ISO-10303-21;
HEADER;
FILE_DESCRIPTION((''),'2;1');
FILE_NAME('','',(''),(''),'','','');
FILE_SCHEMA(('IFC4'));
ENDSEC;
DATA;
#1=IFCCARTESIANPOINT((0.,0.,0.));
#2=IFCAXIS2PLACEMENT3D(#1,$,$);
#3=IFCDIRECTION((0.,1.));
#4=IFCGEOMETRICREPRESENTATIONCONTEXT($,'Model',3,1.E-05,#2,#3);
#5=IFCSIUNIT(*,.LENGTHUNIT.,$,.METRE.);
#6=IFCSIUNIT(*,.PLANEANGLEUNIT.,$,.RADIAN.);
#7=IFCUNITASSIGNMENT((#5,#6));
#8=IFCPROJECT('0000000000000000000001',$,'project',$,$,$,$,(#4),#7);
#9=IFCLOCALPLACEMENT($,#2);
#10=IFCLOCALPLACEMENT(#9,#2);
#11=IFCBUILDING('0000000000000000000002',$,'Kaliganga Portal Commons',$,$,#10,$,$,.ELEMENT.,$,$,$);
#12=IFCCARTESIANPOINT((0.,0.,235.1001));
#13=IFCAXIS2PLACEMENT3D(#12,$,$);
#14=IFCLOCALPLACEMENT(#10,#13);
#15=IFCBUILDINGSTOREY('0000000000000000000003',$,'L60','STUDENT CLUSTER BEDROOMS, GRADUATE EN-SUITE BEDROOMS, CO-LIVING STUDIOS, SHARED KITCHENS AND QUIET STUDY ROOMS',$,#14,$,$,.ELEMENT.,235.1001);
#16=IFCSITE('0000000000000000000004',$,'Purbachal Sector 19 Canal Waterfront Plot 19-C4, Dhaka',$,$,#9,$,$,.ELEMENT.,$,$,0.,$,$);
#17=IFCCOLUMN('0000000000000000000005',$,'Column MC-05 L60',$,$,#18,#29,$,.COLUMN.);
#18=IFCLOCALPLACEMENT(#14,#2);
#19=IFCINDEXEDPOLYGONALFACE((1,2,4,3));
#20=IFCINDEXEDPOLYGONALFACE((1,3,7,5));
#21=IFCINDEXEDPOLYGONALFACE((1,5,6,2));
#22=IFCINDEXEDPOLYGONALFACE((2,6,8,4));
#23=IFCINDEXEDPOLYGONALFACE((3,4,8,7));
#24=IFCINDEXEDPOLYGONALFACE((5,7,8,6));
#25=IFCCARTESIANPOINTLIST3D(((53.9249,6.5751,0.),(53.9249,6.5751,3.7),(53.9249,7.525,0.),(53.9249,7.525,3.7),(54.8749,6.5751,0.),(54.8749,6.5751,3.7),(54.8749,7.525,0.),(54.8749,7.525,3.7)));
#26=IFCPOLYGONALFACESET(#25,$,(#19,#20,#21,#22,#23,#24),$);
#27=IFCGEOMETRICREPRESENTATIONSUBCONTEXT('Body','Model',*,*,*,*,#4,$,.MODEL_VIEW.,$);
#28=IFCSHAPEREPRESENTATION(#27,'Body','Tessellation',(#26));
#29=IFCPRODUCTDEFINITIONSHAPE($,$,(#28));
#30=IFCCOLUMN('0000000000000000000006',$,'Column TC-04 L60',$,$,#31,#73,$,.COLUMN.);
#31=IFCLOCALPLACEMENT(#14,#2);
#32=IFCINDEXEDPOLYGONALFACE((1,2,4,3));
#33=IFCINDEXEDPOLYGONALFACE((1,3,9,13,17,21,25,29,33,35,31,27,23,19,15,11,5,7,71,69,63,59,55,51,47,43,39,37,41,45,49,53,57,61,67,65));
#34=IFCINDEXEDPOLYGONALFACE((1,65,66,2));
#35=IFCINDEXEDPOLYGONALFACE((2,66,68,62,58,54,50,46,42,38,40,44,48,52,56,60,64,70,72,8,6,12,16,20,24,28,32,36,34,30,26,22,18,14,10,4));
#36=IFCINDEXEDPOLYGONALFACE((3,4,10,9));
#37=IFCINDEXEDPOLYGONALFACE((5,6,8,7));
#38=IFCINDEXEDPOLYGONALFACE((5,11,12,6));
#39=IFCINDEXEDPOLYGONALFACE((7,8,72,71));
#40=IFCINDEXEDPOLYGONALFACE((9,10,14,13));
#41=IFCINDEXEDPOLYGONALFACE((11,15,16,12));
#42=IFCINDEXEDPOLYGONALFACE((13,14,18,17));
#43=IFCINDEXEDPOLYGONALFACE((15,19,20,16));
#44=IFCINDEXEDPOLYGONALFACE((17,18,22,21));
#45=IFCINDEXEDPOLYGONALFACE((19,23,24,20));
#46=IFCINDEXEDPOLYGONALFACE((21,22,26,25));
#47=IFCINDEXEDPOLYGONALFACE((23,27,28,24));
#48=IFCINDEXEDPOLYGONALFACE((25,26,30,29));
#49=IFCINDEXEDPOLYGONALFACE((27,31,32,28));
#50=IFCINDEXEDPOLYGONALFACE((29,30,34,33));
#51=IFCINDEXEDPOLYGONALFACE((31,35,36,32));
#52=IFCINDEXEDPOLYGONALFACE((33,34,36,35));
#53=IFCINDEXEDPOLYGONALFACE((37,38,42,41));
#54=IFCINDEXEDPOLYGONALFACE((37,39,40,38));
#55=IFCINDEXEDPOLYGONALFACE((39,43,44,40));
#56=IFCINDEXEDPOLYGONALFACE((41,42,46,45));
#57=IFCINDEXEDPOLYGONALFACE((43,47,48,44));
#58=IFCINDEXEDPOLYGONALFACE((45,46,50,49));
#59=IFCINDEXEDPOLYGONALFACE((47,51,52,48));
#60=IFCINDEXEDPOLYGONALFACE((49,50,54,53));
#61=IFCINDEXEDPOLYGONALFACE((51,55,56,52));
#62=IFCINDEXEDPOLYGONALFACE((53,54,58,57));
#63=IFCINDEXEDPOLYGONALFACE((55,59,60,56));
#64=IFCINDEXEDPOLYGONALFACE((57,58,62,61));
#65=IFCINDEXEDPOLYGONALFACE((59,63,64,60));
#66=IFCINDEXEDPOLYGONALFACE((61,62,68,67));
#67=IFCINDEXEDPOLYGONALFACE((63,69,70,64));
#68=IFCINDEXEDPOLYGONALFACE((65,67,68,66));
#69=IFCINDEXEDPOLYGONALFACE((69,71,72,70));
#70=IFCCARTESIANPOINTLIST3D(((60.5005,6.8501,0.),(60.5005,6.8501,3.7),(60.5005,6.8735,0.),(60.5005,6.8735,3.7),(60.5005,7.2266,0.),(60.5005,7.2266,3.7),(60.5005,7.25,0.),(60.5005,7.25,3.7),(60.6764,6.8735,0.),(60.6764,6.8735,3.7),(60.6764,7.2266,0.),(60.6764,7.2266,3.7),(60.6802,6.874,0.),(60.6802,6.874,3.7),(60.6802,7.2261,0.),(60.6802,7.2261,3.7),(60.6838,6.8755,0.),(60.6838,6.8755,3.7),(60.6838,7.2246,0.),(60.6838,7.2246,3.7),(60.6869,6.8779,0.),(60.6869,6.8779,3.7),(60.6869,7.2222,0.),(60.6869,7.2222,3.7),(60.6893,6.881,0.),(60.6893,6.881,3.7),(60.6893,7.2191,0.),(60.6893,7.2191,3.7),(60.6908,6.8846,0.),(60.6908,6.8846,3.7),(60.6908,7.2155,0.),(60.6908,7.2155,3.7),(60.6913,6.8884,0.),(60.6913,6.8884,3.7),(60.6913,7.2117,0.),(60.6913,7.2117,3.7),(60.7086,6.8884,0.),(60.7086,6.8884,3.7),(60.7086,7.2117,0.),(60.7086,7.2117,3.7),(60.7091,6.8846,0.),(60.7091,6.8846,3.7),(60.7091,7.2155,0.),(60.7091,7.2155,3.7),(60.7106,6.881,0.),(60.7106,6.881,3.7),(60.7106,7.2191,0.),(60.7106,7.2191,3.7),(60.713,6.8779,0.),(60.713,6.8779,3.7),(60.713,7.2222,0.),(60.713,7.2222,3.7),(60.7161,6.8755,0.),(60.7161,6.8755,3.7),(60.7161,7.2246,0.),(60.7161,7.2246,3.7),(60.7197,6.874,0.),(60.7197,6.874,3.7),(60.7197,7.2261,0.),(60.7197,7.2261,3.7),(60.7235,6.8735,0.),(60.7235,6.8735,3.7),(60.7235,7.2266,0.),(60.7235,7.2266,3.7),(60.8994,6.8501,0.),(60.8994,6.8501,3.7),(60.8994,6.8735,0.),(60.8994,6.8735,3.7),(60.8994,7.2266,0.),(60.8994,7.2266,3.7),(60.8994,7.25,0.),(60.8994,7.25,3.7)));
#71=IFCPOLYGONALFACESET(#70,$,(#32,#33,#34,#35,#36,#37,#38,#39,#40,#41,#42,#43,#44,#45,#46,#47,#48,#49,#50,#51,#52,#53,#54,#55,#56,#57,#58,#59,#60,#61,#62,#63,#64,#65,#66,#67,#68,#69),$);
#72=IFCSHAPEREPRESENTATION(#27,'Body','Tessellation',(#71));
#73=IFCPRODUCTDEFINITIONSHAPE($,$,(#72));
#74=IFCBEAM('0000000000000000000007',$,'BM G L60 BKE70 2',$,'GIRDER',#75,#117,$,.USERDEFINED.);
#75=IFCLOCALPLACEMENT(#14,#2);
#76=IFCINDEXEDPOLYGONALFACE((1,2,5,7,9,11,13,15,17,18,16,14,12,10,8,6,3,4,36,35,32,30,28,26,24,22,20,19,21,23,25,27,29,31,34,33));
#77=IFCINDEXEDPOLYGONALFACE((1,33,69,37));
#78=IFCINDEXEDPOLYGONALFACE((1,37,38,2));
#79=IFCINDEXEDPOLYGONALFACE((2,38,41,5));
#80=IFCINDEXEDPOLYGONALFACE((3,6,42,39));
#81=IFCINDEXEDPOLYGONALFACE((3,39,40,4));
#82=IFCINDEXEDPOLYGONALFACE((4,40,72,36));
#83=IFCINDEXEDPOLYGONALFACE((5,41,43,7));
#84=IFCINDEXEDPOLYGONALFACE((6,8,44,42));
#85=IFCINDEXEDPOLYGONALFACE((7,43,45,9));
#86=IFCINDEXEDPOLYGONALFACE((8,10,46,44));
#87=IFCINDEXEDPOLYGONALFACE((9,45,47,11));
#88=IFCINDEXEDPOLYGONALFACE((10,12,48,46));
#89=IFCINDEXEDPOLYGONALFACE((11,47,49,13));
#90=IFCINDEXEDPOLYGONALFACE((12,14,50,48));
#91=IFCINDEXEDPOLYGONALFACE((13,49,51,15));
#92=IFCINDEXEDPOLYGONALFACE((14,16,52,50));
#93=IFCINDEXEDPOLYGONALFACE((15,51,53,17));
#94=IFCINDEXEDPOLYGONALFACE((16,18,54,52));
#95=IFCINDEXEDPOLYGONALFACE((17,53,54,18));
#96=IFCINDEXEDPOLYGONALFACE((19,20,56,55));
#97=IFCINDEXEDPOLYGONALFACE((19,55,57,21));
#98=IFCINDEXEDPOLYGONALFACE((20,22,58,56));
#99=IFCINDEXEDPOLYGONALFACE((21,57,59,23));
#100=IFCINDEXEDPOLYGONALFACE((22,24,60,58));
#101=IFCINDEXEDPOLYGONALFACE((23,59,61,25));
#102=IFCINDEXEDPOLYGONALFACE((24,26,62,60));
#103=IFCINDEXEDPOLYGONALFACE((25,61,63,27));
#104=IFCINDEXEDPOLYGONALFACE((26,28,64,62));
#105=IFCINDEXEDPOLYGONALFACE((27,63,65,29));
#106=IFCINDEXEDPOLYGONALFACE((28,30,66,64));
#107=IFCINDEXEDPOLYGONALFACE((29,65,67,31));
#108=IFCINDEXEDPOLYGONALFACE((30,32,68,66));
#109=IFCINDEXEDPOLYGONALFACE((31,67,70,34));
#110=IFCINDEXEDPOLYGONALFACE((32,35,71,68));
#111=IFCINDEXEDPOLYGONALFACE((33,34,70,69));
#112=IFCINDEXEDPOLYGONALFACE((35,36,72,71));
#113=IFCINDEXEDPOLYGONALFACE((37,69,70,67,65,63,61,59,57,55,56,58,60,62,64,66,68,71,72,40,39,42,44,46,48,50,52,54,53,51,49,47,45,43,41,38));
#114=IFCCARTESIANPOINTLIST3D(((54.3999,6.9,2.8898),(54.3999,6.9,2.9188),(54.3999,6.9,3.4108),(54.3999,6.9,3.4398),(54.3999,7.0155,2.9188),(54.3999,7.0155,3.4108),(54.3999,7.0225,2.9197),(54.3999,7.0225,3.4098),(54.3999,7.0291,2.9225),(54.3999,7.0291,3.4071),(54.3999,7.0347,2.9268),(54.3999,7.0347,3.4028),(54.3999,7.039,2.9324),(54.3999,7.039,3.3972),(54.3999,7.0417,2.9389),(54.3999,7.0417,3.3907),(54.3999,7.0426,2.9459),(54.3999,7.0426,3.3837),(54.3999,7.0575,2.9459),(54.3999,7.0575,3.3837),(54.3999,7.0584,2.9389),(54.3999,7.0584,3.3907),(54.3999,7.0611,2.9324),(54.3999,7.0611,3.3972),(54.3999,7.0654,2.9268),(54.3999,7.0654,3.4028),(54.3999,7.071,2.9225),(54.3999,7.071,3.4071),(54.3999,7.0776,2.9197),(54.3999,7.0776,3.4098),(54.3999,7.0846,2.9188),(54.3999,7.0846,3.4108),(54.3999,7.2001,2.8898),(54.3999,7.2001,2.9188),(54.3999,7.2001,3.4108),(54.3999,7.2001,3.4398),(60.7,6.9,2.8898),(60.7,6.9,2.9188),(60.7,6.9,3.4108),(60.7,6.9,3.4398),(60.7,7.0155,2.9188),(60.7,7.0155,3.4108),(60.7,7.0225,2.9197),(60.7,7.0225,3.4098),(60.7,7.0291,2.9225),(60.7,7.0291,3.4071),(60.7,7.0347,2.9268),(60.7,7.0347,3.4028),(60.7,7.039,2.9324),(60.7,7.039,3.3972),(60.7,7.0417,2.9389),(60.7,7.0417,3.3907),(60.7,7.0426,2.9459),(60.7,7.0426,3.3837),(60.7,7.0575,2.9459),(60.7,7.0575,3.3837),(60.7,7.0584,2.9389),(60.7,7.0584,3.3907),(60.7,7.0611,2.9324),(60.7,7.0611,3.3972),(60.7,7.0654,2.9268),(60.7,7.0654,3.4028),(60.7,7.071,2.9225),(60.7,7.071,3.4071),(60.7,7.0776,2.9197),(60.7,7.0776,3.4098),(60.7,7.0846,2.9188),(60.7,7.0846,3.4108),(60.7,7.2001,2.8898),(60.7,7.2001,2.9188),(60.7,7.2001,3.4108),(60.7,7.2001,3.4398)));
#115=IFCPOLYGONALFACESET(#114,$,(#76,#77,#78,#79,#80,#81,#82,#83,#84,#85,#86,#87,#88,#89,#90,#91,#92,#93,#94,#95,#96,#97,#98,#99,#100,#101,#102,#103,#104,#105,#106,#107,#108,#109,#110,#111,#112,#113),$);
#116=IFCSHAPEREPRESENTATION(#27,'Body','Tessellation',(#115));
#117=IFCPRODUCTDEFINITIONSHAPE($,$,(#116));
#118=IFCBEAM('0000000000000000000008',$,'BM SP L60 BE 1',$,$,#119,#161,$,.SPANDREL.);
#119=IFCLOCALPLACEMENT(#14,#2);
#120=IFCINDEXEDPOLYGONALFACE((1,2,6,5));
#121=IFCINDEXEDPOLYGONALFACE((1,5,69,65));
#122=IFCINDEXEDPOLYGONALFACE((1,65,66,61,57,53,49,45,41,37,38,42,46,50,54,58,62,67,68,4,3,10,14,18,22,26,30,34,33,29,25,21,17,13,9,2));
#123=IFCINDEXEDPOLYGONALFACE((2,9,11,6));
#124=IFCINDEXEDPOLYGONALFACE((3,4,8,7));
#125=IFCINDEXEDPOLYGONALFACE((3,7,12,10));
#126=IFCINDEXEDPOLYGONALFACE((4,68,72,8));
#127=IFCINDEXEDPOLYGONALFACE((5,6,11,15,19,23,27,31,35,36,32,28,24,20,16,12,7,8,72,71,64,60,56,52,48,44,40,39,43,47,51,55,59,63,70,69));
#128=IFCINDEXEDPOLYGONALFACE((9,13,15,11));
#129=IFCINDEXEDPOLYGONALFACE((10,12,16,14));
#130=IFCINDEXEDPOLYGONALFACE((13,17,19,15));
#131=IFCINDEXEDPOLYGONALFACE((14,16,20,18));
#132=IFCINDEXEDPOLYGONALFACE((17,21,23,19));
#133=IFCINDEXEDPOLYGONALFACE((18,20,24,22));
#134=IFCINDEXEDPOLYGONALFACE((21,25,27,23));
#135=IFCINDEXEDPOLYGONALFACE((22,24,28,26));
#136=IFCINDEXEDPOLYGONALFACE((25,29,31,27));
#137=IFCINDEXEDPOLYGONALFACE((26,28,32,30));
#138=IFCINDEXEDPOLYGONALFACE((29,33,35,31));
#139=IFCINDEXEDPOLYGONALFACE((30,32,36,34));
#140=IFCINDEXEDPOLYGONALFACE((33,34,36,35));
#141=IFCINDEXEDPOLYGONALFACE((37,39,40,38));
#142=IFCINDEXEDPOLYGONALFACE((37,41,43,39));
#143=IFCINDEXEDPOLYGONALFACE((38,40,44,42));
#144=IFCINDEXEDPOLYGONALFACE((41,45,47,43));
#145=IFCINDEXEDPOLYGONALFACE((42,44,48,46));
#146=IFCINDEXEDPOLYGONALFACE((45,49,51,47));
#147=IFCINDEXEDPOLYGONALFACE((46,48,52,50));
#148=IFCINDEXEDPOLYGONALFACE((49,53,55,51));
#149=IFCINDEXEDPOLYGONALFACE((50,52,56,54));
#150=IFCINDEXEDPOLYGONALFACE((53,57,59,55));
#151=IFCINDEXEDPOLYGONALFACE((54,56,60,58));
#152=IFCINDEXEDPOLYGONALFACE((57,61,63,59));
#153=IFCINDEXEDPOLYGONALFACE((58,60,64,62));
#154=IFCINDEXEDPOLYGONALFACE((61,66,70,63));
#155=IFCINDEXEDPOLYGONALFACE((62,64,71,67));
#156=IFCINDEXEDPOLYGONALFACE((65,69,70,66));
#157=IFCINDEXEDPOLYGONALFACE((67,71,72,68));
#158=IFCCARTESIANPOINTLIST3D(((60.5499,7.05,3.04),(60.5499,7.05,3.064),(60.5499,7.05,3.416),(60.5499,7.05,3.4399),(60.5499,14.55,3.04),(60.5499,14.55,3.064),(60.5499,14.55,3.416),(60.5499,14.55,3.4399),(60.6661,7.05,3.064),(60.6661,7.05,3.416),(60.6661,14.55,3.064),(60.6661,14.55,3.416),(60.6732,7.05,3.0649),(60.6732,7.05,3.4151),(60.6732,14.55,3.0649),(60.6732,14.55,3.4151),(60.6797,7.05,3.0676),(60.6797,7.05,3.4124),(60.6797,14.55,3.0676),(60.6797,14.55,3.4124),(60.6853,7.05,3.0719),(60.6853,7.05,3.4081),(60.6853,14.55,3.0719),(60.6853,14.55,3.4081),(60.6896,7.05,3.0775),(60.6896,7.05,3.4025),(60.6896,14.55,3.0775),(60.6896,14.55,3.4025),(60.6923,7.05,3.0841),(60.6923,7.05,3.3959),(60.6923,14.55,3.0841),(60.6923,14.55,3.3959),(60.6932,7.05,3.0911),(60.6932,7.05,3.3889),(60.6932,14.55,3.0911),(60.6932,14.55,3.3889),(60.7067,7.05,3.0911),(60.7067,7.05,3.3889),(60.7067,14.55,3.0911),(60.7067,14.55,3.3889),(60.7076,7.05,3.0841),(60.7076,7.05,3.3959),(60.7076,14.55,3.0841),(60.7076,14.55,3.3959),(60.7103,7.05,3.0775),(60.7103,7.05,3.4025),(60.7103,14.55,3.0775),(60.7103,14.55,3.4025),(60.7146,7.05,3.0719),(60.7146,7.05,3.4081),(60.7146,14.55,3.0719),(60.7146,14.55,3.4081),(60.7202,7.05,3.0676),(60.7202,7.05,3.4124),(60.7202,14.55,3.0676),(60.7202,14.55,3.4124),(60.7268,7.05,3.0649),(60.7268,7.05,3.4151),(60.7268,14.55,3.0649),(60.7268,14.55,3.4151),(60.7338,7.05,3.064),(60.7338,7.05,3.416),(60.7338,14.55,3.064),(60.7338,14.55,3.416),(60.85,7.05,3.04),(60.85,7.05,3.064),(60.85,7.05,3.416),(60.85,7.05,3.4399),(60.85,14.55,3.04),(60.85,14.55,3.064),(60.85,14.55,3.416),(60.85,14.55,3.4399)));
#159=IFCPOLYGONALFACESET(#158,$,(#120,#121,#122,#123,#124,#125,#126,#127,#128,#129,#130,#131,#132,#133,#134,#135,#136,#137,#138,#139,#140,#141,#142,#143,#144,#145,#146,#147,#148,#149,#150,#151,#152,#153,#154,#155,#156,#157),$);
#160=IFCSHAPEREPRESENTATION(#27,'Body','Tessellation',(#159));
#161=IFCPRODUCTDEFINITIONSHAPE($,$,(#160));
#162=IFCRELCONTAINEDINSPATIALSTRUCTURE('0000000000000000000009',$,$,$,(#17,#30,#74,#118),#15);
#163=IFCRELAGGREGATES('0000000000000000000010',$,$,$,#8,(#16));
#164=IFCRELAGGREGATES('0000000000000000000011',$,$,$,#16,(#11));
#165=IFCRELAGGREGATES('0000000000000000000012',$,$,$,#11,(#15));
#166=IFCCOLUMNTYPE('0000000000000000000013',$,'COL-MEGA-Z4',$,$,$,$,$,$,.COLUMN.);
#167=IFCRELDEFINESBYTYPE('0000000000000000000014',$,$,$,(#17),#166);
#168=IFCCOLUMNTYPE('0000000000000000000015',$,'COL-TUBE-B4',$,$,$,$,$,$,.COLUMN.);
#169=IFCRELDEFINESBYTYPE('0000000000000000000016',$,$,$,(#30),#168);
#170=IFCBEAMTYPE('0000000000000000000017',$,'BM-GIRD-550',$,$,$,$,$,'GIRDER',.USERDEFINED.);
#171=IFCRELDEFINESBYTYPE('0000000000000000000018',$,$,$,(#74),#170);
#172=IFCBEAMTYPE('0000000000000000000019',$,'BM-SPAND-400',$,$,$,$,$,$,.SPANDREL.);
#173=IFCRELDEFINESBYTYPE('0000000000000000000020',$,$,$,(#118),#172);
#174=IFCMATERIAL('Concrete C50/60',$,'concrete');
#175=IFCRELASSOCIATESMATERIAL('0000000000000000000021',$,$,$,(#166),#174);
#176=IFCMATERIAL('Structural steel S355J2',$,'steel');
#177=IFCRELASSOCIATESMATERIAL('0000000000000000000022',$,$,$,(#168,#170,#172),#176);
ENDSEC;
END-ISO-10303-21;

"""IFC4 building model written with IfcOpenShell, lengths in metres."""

from ifc_helpers import new_model, si_unit, direction, frame, origin, origin_2d, place, context, subcontext, project, spatial, rectangle, i_section, extrude, source, transform, mapped, material, material_profile, profile_set, type_object, element, save


model = new_model("IFC4")

# Units and contexts
model_context = context("Model", 3, precision=1e-05, world=origin(), true_north=direction((0.0, 1.0)))
body_context = subcontext(model_context, "Body", "Model", "MODEL_VIEW")
ifc_project = project(units=[si_unit("LENGTHUNIT", "METRE"), si_unit("PLANEANGLEUNIT", "RADIAN")], contexts=[model_context])

# Site, building, storey
site_placement = place(None, origin())
site = spatial("IfcSite", under=ifc_project, at=site_placement, Name="Purbachal Sector 19 Canal Waterfront Plot 19-C4, Dhaka", CompositionType="ELEMENT", RefElevation=0.0)
building_placement = place(site_placement, origin())
building = spatial("IfcBuilding", under=site, at=building_placement, Name="Kaliganga Portal Commons", CompositionType="ELEMENT")
storey_placement = place(building_placement, frame((0.0, 0.0, 235.1001)))
storey = spatial("IfcBuildingStorey", under=building, at=storey_placement, Name="L60", Description="STUDENT CLUSTER BEDROOMS, GRADUATE EN-SUITE BEDROOMS, CO-LIVING STUDIOS, SHARED KITCHENS AND QUIET STUDY ROOMS", CompositionType="ELEMENT", Elevation=235.1001)

# Columns
ifc_material_1 = material(Name="Concrete C50/60", Category="concrete")
ifc_material_profile_1 = material_profile(ifc_material_1, rectangle(XDim=0.95, YDim=0.95, at=origin_2d()), Name="RC 950x950")
ifc_profile_set_1 = profile_set([ifc_material_profile_1], Name="Concrete C50/60")
column_type_1 = type_object("IfcColumnType", Name="COL-MEGA-Z4", PredefinedType="COLUMN", material=ifc_profile_set_1)
shared_shape_1 = source(origin(), body_context, "Body", "SweptSolid", [
    extrude(rectangle(XDim=0.95, YDim=0.95, at=origin_2d()), origin(), (0.0, 0.0, 1.0), 3.7),
])
column_1_placement = place(storey_placement, frame((54.3999, 7.05, 0.0), z_axis=(0.0, 0.0, 1.0), x_axis=(1.0, 0.0, 0.0)))
element("IfcColumn", 1, at=column_1_placement, inside=storey, type_object=column_type_1, Name="Column MC-05 L60", PredefinedType="COLUMN", context=body_context, shape_type="MappedRepresentation", body=[
    mapped(shared_shape_1, transform((0.0, 0.0, 0.0), x_axis=(1.0, 0.0, 0.0), y_axis=(0.0, 1.0, 0.0), z_axis=(0.0, 0.0, 1.0), scale=1.0)),
])
ifc_material_2 = material(Name="Structural steel S355J2", Category="steel")
ifc_material_profile_2 = material_profile(ifc_material_2, i_section(OverallWidth=0.3989, OverallDepth=0.3999, WebThickness=0.0173, FlangeThickness=0.0234, FilletRadius=0.0149, at=origin_2d()), Name="HD 400x287")
ifc_profile_set_2 = profile_set([ifc_material_profile_2], Name="Structural steel S355J2 wide-flange")
column_type_2 = type_object("IfcColumnType", Name="COL-TUBE-B4", PredefinedType="COLUMN", material=ifc_profile_set_2)
shared_shape_2 = source(origin(), body_context, "Body", "SweptSolid", [
    extrude(i_section(OverallWidth=0.3989, OverallDepth=0.3999, WebThickness=0.0173, FlangeThickness=0.0234, FilletRadius=0.0149, at=origin_2d()), origin(), (0.0, 0.0, 1.0), 3.7),
])
column_2_placement = place(storey_placement, frame((60.7, 7.05, 0.0), z_axis=(0.0, 0.0, 1.0), x_axis=(1.0, 0.0, 0.0)))
element("IfcColumn", 2, at=column_2_placement, inside=storey, type_object=column_type_2, Name="Column TC-04 L60", PredefinedType="COLUMN", context=body_context, shape_type="MappedRepresentation", body=[
    mapped(shared_shape_2, transform((0.0, 0.0, 0.0), x_axis=(1.0, 0.0, 0.0), y_axis=(0.0, 1.0, 0.0), z_axis=(0.0, 0.0, 1.0), scale=1.0)),
])

# Beams
ifc_material_profile_3 = material_profile(ifc_material_2, i_section(OverallWidth=0.3, OverallDepth=0.55, WebThickness=0.0149, FlangeThickness=0.0291, FilletRadius=0.0271, at=origin_2d()), Name="HE 550 B")
ifc_profile_set_3 = profile_set([ifc_material_profile_3], Name="Structural steel S355J2 wide-flange")
beam_type_1 = type_object("IfcBeamType", Name="BM-GIRD-550", ElementType="GIRDER", PredefinedType="USERDEFINED", material=ifc_profile_set_3)
shared_shape_3 = source(origin(), body_context, "Body", "SweptSolid", [
    extrude(i_section(OverallWidth=0.3, OverallDepth=0.55, WebThickness=0.0149, FlangeThickness=0.0291, FilletRadius=0.0271, at=origin_2d()), origin(), (0.0, 0.0, 1.0), 6.3),
])
beam_1_placement = place(storey_placement, frame((54.3999, 7.05, 3.1648), z_axis=(1.0, 0.0, 0.0), x_axis=(0.0, 1.0, 0.0)))
element("IfcBeam", 3, at=beam_1_placement, inside=storey, type_object=beam_type_1, Name="BM G L60 BKE70 2", ObjectType="GIRDER", PredefinedType="USERDEFINED", context=body_context, shape_type="MappedRepresentation", body=[
    mapped(shared_shape_3, transform((0.0, 0.0, 0.0), x_axis=(1.0, 0.0, 0.0), y_axis=(0.0, 1.0, 0.0), z_axis=(0.0, 0.0, 1.0), scale=1.0)),
])
ifc_material_profile_4 = material_profile(ifc_material_2, i_section(OverallWidth=0.3, OverallDepth=0.3999, WebThickness=0.0134, FlangeThickness=0.0239, FilletRadius=0.0271, at=origin_2d()), Name="HE 400 B")
ifc_profile_set_4 = profile_set([ifc_material_profile_4], Name="Structural steel S355J2 wide-flange")
beam_type_2 = type_object("IfcBeamType", Name="BM-SPAND-400", PredefinedType="SPANDREL", material=ifc_profile_set_4)
shared_shape_4 = source(origin(), body_context, "Body", "SweptSolid", [
    extrude(i_section(OverallWidth=0.3, OverallDepth=0.3999, WebThickness=0.0134, FlangeThickness=0.0239, FilletRadius=0.0271, at=origin_2d()), origin(), (0.0, 0.0, 1.0), 7.5),
])
beam_2_placement = place(storey_placement, frame((60.7, 7.05, 3.24), z_axis=(0.0, 1.0, 0.0), x_axis=(-1.0, 0.0, 0.0)))
element("IfcBeam", 4, at=beam_2_placement, inside=storey, type_object=beam_type_2, Name="BM SP L60 BE 1", PredefinedType="SPANDREL", context=body_context, shape_type="MappedRepresentation", body=[
    mapped(shared_shape_4, transform((0.0, 0.0, 0.0), x_axis=(1.0, 0.0, 0.0), y_axis=(0.0, 1.0, 0.0), z_axis=(0.0, 0.0, 1.0), scale=1.0)),
])

save(model, "model.ifc")
